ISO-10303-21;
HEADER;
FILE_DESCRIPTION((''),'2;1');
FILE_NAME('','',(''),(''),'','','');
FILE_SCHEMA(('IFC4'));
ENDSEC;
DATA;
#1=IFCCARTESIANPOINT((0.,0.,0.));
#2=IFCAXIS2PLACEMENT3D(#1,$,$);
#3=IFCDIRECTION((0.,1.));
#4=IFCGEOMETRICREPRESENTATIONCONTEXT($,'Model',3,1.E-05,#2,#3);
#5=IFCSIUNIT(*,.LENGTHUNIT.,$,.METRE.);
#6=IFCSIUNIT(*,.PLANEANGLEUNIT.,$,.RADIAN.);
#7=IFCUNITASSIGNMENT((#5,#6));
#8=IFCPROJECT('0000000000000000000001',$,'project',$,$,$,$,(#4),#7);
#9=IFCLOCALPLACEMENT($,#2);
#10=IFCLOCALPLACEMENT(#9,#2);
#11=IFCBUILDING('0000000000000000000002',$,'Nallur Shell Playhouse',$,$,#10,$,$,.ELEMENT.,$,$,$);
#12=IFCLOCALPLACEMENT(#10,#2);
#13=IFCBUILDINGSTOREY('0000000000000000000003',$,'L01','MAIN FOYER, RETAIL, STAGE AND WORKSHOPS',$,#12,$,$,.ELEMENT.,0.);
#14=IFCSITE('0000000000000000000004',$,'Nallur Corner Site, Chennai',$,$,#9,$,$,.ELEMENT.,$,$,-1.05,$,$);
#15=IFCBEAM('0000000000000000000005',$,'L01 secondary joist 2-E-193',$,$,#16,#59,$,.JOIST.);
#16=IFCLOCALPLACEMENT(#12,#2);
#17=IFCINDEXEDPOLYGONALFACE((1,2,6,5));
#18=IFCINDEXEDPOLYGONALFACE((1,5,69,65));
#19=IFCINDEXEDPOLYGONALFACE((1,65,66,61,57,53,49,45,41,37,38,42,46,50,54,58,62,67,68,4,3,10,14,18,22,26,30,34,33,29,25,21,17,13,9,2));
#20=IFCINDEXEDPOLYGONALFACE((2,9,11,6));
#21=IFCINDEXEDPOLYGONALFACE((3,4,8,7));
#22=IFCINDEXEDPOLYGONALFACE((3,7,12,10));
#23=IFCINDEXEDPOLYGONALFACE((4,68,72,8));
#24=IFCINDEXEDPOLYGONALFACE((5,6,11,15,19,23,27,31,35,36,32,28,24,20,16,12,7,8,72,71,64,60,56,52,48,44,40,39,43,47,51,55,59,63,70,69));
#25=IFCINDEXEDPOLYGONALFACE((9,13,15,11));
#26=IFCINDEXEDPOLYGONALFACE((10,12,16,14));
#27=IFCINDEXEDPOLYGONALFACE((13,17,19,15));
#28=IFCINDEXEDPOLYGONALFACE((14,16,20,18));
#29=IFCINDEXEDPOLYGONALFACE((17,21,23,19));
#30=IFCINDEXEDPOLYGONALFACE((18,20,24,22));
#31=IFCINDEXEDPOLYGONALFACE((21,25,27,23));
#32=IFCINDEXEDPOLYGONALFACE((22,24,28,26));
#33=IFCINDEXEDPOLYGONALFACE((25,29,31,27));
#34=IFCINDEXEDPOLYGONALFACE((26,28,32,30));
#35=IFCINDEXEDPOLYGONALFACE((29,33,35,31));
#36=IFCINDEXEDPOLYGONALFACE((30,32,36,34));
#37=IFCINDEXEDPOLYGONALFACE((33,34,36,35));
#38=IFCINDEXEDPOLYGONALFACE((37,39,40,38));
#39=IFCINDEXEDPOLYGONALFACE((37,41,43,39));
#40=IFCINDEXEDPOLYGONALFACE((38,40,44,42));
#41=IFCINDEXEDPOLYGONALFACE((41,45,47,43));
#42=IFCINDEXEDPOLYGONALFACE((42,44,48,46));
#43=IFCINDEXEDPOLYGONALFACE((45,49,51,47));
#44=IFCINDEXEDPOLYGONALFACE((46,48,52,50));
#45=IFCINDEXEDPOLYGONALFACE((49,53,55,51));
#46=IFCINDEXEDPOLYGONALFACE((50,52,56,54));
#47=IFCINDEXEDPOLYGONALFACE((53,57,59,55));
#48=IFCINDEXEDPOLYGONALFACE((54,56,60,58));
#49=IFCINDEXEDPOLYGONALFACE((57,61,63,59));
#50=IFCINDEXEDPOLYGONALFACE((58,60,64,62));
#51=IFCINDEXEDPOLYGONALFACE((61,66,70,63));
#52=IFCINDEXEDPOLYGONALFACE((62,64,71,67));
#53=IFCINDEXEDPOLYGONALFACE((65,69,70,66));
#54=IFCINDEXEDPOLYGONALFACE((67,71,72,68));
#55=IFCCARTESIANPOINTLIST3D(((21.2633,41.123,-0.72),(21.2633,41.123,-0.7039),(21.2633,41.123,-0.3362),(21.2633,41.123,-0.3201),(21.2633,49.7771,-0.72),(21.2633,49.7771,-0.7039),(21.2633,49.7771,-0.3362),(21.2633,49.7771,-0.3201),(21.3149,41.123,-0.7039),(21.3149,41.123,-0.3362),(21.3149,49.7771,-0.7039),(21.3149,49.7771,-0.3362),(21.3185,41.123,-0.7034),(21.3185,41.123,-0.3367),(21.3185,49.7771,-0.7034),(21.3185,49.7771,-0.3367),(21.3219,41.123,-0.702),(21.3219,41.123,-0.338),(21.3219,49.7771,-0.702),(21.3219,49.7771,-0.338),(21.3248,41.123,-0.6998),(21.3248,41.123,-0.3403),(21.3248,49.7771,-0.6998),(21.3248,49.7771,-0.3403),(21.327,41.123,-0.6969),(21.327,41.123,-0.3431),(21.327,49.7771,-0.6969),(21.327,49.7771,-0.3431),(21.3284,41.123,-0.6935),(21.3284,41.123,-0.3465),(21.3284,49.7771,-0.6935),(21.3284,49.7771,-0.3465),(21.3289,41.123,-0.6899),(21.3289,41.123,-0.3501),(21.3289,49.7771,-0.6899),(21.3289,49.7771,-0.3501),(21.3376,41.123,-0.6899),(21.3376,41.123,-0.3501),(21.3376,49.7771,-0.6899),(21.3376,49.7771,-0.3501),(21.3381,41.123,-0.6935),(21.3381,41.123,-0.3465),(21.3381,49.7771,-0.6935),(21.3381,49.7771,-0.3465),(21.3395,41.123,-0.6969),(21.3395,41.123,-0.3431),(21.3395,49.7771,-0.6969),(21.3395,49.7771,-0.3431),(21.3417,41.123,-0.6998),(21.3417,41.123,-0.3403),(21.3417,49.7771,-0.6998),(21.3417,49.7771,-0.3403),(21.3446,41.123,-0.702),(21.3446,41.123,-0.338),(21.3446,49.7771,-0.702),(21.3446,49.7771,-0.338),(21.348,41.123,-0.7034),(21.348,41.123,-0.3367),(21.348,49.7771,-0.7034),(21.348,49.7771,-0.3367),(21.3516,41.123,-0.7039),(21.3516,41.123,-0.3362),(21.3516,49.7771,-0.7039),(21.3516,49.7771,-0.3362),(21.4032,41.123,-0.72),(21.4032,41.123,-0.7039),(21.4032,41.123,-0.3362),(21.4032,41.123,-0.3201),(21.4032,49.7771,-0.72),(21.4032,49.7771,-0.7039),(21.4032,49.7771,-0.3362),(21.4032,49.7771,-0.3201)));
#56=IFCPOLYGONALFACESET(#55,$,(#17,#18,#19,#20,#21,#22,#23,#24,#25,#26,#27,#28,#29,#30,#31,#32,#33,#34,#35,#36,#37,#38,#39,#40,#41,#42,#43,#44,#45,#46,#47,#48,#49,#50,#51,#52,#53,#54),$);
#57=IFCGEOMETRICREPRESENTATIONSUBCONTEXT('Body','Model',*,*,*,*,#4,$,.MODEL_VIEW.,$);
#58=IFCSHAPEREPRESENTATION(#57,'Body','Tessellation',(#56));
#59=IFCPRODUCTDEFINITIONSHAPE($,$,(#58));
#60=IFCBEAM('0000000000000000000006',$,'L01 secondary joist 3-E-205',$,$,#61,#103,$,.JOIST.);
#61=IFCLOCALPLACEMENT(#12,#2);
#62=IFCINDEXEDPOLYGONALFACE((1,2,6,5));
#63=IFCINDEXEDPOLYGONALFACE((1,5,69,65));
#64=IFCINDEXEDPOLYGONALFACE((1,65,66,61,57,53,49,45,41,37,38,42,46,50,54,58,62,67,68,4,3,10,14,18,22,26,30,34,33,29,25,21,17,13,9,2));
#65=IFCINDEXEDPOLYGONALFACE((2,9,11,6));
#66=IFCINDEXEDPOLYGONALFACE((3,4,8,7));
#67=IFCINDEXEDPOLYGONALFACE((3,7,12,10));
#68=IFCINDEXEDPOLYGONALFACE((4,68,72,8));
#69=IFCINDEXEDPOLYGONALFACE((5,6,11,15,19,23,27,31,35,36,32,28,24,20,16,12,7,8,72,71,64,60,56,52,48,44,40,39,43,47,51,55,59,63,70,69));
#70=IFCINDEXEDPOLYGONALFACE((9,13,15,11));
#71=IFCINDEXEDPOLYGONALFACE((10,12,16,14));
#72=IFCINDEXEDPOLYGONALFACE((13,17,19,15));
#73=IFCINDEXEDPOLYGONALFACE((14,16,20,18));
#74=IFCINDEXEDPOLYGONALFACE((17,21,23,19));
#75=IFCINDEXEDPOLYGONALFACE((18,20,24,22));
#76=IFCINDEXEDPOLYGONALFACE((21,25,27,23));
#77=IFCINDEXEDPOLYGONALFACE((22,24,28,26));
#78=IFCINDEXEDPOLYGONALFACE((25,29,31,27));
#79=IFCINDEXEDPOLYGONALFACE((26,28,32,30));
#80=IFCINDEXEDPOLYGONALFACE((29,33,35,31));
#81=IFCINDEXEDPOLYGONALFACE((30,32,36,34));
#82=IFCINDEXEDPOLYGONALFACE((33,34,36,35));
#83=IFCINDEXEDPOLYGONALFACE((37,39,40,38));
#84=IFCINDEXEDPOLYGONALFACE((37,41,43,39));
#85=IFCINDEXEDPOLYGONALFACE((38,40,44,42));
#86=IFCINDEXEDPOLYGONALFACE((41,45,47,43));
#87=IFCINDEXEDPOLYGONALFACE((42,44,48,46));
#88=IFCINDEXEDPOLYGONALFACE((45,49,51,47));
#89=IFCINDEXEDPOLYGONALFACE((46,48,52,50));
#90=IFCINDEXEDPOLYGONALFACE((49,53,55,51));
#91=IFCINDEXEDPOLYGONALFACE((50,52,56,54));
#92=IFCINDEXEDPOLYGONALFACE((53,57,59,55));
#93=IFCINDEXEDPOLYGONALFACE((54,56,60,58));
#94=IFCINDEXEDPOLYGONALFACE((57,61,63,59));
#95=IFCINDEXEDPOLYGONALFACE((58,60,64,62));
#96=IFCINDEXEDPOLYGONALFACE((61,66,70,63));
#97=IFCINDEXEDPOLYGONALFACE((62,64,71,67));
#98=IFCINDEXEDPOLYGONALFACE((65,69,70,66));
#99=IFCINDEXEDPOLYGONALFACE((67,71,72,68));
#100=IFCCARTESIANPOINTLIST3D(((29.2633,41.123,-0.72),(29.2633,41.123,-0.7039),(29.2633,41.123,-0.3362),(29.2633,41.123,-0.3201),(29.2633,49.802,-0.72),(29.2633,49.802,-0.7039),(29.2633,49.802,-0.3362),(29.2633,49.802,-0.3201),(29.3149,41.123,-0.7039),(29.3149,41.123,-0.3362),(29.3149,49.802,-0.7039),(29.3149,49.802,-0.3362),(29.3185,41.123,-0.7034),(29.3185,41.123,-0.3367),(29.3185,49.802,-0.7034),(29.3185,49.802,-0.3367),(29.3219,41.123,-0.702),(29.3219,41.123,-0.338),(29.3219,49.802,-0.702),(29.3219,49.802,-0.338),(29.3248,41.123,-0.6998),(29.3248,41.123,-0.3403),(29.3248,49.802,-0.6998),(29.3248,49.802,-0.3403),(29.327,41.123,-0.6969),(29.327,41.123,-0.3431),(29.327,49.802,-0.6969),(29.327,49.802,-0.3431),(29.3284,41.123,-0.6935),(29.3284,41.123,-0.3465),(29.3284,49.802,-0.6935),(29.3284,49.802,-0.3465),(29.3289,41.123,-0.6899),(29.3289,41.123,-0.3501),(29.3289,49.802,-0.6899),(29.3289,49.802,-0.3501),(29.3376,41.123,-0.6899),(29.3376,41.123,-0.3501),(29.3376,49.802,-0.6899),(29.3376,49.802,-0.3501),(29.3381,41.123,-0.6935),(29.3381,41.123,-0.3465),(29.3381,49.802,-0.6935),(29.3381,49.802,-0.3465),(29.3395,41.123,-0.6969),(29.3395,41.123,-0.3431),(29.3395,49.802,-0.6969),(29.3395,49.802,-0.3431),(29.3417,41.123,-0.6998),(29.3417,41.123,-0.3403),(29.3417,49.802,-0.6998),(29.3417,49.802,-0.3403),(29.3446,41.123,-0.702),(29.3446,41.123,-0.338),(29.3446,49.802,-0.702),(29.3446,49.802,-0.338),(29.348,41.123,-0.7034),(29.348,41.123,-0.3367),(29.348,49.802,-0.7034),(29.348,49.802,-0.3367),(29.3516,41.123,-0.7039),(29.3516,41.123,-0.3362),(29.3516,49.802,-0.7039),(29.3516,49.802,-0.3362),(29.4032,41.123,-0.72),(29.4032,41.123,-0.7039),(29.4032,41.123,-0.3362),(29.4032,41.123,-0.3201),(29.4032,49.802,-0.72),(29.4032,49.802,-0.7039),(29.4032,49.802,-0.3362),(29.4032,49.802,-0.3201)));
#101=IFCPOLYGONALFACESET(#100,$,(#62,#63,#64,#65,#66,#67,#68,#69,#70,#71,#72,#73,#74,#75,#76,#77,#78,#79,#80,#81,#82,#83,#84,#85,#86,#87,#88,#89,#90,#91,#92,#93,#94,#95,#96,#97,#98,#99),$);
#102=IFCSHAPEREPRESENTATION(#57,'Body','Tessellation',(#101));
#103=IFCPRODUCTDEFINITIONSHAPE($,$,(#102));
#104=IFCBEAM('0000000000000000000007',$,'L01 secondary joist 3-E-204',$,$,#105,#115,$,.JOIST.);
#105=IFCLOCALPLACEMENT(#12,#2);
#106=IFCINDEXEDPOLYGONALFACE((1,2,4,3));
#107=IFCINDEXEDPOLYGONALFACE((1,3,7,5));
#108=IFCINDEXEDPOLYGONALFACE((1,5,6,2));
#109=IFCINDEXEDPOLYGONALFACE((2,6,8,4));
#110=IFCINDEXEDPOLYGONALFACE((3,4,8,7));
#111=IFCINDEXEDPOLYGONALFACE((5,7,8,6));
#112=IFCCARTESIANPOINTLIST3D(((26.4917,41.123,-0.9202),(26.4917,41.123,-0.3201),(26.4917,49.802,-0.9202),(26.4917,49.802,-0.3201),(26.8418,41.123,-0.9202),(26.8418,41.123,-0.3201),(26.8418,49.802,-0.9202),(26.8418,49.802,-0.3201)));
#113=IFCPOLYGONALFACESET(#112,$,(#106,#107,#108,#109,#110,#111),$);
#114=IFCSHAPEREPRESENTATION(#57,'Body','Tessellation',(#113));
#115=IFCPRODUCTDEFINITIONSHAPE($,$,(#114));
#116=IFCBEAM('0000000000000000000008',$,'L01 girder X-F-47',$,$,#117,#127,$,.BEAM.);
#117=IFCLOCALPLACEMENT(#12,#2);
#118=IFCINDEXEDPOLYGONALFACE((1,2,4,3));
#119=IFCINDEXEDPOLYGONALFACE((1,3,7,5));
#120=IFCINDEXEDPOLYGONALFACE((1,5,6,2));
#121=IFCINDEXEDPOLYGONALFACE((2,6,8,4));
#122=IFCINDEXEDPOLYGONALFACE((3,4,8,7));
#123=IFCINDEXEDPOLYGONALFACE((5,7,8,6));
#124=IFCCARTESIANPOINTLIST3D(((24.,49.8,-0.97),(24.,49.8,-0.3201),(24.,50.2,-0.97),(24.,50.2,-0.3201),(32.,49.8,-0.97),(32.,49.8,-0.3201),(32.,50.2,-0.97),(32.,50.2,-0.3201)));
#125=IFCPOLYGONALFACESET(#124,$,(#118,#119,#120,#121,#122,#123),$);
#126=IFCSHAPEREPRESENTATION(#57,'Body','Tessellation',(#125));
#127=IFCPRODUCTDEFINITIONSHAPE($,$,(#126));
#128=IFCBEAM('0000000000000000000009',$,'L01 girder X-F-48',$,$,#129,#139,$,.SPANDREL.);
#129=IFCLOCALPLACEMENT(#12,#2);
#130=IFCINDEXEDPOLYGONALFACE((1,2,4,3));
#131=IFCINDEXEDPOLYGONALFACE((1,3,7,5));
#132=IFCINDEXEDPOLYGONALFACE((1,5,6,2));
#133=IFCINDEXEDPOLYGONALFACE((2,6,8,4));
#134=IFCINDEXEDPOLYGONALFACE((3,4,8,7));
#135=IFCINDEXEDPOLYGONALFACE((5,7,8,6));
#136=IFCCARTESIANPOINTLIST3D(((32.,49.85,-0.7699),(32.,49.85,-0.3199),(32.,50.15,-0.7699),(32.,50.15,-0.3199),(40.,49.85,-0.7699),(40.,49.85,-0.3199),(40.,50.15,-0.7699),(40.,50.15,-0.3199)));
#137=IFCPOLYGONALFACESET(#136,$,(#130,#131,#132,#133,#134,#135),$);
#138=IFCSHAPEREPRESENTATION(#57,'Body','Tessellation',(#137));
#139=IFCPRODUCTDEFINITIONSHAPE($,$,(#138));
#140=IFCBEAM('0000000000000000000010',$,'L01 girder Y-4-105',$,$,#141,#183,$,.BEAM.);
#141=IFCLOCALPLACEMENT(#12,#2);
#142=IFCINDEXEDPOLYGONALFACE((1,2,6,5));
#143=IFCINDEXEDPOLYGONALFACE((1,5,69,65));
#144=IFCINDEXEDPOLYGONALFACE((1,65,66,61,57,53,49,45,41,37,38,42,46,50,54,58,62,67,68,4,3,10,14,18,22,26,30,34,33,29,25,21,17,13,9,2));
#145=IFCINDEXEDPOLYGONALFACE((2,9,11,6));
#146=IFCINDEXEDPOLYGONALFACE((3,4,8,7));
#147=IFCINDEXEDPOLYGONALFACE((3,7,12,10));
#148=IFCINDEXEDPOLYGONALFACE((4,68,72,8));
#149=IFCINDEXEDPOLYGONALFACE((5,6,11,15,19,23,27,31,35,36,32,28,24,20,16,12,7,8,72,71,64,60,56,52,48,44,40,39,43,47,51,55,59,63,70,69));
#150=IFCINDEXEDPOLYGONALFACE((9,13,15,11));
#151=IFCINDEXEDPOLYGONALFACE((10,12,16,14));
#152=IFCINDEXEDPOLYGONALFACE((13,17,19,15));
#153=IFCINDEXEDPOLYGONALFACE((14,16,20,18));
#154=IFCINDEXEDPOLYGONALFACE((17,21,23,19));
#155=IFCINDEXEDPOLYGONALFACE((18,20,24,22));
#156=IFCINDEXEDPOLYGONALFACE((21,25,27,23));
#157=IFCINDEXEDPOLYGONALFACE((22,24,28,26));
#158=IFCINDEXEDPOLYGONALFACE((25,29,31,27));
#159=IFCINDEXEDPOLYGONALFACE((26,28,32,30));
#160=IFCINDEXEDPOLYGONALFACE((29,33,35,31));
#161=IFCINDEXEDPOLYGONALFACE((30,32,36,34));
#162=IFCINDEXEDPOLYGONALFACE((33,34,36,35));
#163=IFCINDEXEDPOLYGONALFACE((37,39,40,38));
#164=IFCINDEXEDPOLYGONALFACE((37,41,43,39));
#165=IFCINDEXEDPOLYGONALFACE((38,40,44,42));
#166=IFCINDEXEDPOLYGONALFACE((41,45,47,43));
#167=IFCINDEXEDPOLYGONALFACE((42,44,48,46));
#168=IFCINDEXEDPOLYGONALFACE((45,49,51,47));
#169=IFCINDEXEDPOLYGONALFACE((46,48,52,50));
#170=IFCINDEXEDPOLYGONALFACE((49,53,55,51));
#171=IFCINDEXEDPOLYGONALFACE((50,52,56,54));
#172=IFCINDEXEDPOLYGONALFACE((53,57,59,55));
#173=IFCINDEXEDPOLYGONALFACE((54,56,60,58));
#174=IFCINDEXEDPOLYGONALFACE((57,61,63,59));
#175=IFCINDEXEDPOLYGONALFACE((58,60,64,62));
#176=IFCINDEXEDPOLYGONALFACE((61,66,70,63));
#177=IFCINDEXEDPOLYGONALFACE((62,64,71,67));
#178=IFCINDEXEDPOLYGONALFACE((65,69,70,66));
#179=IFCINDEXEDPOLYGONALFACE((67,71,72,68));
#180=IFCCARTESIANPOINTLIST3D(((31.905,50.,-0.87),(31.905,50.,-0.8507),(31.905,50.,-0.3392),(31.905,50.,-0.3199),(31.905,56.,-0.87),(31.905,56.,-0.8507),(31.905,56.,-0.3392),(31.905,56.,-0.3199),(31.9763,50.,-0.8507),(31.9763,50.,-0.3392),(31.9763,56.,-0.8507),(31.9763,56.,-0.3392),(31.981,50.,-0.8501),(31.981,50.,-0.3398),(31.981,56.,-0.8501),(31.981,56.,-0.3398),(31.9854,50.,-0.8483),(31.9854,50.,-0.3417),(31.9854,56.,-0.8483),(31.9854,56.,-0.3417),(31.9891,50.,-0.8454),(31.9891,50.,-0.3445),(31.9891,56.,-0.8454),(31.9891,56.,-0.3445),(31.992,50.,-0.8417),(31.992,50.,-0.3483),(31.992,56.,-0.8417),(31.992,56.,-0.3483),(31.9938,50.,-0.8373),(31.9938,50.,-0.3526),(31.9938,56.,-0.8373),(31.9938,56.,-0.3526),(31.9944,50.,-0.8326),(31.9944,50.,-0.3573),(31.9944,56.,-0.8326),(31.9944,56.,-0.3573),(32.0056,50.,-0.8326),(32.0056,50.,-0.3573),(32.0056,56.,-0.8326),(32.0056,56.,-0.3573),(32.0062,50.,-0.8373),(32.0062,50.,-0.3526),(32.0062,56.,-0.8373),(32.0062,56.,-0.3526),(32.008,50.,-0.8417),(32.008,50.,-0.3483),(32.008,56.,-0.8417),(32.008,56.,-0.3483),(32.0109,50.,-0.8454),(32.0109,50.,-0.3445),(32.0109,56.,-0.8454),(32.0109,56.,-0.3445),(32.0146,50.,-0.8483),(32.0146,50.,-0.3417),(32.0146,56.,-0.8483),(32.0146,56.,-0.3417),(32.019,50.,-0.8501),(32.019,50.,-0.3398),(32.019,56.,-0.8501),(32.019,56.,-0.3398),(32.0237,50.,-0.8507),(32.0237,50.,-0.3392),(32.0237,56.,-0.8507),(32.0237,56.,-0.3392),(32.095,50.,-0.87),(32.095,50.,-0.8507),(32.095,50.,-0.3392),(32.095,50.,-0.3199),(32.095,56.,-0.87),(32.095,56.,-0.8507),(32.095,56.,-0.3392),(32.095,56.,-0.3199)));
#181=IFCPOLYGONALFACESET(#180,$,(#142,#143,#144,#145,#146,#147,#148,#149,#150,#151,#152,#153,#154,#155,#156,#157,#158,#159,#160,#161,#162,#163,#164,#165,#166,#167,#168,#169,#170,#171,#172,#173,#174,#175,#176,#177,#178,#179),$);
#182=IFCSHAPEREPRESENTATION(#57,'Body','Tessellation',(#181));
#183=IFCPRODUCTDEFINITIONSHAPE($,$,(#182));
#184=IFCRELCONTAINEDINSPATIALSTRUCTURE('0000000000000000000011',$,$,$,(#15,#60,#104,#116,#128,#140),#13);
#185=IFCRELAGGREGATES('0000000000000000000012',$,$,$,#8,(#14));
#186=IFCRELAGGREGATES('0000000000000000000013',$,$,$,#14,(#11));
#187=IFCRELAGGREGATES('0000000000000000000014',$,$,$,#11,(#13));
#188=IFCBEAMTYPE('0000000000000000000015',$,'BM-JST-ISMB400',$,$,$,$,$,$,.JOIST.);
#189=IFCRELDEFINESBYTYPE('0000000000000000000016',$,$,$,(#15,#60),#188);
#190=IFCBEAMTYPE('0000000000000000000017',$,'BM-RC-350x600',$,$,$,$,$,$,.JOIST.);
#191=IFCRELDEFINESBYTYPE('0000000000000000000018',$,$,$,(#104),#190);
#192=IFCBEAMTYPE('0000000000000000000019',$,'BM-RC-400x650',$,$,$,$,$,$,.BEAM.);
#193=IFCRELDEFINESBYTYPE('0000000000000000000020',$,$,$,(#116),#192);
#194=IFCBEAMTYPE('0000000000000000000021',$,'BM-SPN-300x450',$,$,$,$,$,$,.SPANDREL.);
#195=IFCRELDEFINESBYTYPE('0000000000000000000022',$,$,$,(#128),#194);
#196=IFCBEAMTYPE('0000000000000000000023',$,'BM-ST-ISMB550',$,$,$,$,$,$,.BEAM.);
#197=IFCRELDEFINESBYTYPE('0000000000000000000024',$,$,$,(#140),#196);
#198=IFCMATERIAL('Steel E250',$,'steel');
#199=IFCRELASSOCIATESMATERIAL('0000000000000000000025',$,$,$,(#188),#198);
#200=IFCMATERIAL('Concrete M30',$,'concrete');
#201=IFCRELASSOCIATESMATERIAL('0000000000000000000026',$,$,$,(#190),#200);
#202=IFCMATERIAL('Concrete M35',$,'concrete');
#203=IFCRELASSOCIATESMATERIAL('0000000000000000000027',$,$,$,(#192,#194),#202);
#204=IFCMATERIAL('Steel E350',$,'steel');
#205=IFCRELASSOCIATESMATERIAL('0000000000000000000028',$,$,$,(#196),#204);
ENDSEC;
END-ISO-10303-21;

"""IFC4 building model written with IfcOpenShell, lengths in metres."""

from ifc_helpers import new_model, si_unit, direction, frame, origin, origin_2d, place, context, subcontext, project, spatial, rectangle, i_section, extrude, material, material_profile, profile_set, type_object, element, save


model = new_model("IFC4")

# Units and contexts
model_context = context("Model", 3, precision=1e-05, world=origin(), true_north=direction((0.0, 1.0)))
body_context = subcontext(model_context, "Body", "Model", "MODEL_VIEW")
ifc_project = project(units=[si_unit("LENGTHUNIT", "METRE"), si_unit("PLANEANGLEUNIT", "RADIAN")], contexts=[model_context])

# Site, building, storey
site_placement = place(None, origin())
site = spatial("IfcSite", under=ifc_project, at=site_placement, Name="Nallur Corner Site, Chennai", CompositionType="ELEMENT", RefElevation=-1.05)
building_placement = place(site_placement, origin())
building = spatial("IfcBuilding", under=site, at=building_placement, Name="Nallur Shell Playhouse", CompositionType="ELEMENT")
storey_placement = place(building_placement, origin())
storey = spatial("IfcBuildingStorey", under=building, at=storey_placement, Name="L01", Description="MAIN FOYER, RETAIL, STAGE AND WORKSHOPS", CompositionType="ELEMENT", Elevation=0.0)

# Beams
ifc_material_1 = material(Name="Steel E250", Category="steel")
ifc_material_profile_1 = material_profile(ifc_material_1, i_section(OverallWidth=0.1399, OverallDepth=0.3999, WebThickness=0.0088, FlangeThickness=0.0161, FilletRadius=0.0139, at=origin_2d()), Name="ISMB 400")
ifc_profile_set_1 = profile_set([ifc_material_profile_1], Name="Steel E250")
beam_type_1 = type_object("IfcBeamType", Name="BM-JST-ISMB400", PredefinedType="JOIST", material=ifc_profile_set_1)
beam_1_placement = place(storey_placement, frame((21.3333, 41.123, -0.52), z_axis=(0.0, 1.0, 0.0), x_axis=(-1.0, 0.0, 0.0)))
element("IfcBeam", 1, at=beam_1_placement, inside=storey, type_object=beam_type_1, Name="L01 secondary joist 2-E-193", PredefinedType="JOIST", context=body_context, shape_type="SweptSolid", body=[
    extrude(i_section(OverallWidth=0.1399, OverallDepth=0.3999, WebThickness=0.0088, FlangeThickness=0.0161, FilletRadius=0.0139, at=origin_2d()), origin(), (0.0, 0.0, 1.0), 8.6541),
])
beam_2_placement = place(storey_placement, frame((29.3333, 41.123, -0.52), z_axis=(0.0, 1.0, 0.0), x_axis=(-1.0, 0.0, 0.0)))
element("IfcBeam", 2, at=beam_2_placement, inside=storey, type_object=beam_type_1, Name="L01 secondary joist 3-E-205", PredefinedType="JOIST", context=body_context, shape_type="SweptSolid", body=[
    extrude(i_section(OverallWidth=0.1399, OverallDepth=0.3999, WebThickness=0.0088, FlangeThickness=0.0161, FilletRadius=0.0139, at=origin_2d()), origin(), (0.0, 0.0, 1.0), 8.679),
])
ifc_material_2 = material(Name="Concrete M30", Category="concrete")
ifc_material_profile_2 = material_profile(ifc_material_2, rectangle(XDim=0.3501, YDim=0.6001, at=origin_2d()), Name="RC 350x600")
ifc_profile_set_2 = profile_set([ifc_material_profile_2], Name="Concrete M30")
beam_type_2 = type_object("IfcBeamType", Name="BM-RC-350x600", PredefinedType="JOIST", material=ifc_profile_set_2)
beam_3_placement = place(storey_placement, frame((26.6667, 41.123, -0.6201), z_axis=(0.0, 1.0, 0.0), x_axis=(-1.0, 0.0, 0.0)))
element("IfcBeam", 3, at=beam_3_placement, inside=storey, type_object=beam_type_2, Name="L01 secondary joist 3-E-204", PredefinedType="JOIST", context=body_context, shape_type="SweptSolid", body=[
    extrude(rectangle(XDim=0.3501, YDim=0.6001, at=origin_2d()), origin(), (0.0, 0.0, 1.0), 8.679),
])
ifc_material_3 = material(Name="Concrete M35", Category="concrete")
ifc_material_profile_3 = material_profile(ifc_material_3, rectangle(XDim=0.3999, YDim=0.6499, at=origin_2d()), Name="RC 400x650")
ifc_profile_set_3 = profile_set([ifc_material_profile_3], Name="Concrete M35")
beam_type_3 = type_object("IfcBeamType", Name="BM-RC-400x650", PredefinedType="BEAM", material=ifc_profile_set_3)
beam_4_placement = place(storey_placement, frame((24.0, 50.0, -0.645), z_axis=(1.0, 0.0, 0.0), x_axis=(0.0, 1.0, 0.0)))
element("IfcBeam", 4, at=beam_4_placement, inside=storey, type_object=beam_type_3, Name="L01 girder X-F-47", PredefinedType="BEAM", context=body_context, shape_type="SweptSolid", body=[
    extrude(rectangle(XDim=0.3999, YDim=0.6499, at=origin_2d()), origin(), (0.0, 0.0, 1.0), 8.0),
])
ifc_material_profile_4 = material_profile(ifc_material_3, rectangle(XDim=0.3, YDim=0.45, at=origin_2d()), Name="RC 300x450")
ifc_profile_set_4 = profile_set([ifc_material_profile_4], Name="Concrete M35")
beam_type_4 = type_object("IfcBeamType", Name="BM-SPN-300x450", PredefinedType="SPANDREL", material=ifc_profile_set_4)
beam_5_placement = place(storey_placement, frame((32.0, 50.0, -0.5449), z_axis=(1.0, 0.0, 0.0), x_axis=(0.0, 1.0, 0.0)))
element("IfcBeam", 5, at=beam_5_placement, inside=storey, type_object=beam_type_4, Name="L01 girder X-F-48", PredefinedType="SPANDREL", context=body_context, shape_type="SweptSolid", body=[
    extrude(rectangle(XDim=0.3, YDim=0.45, at=origin_2d()), origin(), (0.0, 0.0, 1.0), 8.0),
])
ifc_material_4 = material(Name="Steel E350", Category="steel")
ifc_material_profile_5 = material_profile(ifc_material_4, i_section(OverallWidth=0.1899, OverallDepth=0.55, WebThickness=0.0112, FlangeThickness=0.0193, FilletRadius=0.0181, at=origin_2d()), Name="ISMB 550")
ifc_profile_set_5 = profile_set([ifc_material_profile_5], Name="Steel E350")
beam_type_5 = type_object("IfcBeamType", Name="BM-ST-ISMB550", PredefinedType="BEAM", material=ifc_profile_set_5)
beam_6_placement = place(storey_placement, frame((32.0, 50.0, -0.595), z_axis=(0.0, 1.0, 0.0), x_axis=(-1.0, 0.0, 0.0)))
element("IfcBeam", 6, at=beam_6_placement, inside=storey, type_object=beam_type_5, Name="L01 girder Y-4-105", PredefinedType="BEAM", context=body_context, shape_type="SweptSolid", body=[
    extrude(i_section(OverallWidth=0.1899, OverallDepth=0.55, WebThickness=0.0112, FlangeThickness=0.0193, FilletRadius=0.0181, at=origin_2d()), origin(), (0.0, 0.0, 1.0), 6.0),
])

save(model, "model.ifc")
